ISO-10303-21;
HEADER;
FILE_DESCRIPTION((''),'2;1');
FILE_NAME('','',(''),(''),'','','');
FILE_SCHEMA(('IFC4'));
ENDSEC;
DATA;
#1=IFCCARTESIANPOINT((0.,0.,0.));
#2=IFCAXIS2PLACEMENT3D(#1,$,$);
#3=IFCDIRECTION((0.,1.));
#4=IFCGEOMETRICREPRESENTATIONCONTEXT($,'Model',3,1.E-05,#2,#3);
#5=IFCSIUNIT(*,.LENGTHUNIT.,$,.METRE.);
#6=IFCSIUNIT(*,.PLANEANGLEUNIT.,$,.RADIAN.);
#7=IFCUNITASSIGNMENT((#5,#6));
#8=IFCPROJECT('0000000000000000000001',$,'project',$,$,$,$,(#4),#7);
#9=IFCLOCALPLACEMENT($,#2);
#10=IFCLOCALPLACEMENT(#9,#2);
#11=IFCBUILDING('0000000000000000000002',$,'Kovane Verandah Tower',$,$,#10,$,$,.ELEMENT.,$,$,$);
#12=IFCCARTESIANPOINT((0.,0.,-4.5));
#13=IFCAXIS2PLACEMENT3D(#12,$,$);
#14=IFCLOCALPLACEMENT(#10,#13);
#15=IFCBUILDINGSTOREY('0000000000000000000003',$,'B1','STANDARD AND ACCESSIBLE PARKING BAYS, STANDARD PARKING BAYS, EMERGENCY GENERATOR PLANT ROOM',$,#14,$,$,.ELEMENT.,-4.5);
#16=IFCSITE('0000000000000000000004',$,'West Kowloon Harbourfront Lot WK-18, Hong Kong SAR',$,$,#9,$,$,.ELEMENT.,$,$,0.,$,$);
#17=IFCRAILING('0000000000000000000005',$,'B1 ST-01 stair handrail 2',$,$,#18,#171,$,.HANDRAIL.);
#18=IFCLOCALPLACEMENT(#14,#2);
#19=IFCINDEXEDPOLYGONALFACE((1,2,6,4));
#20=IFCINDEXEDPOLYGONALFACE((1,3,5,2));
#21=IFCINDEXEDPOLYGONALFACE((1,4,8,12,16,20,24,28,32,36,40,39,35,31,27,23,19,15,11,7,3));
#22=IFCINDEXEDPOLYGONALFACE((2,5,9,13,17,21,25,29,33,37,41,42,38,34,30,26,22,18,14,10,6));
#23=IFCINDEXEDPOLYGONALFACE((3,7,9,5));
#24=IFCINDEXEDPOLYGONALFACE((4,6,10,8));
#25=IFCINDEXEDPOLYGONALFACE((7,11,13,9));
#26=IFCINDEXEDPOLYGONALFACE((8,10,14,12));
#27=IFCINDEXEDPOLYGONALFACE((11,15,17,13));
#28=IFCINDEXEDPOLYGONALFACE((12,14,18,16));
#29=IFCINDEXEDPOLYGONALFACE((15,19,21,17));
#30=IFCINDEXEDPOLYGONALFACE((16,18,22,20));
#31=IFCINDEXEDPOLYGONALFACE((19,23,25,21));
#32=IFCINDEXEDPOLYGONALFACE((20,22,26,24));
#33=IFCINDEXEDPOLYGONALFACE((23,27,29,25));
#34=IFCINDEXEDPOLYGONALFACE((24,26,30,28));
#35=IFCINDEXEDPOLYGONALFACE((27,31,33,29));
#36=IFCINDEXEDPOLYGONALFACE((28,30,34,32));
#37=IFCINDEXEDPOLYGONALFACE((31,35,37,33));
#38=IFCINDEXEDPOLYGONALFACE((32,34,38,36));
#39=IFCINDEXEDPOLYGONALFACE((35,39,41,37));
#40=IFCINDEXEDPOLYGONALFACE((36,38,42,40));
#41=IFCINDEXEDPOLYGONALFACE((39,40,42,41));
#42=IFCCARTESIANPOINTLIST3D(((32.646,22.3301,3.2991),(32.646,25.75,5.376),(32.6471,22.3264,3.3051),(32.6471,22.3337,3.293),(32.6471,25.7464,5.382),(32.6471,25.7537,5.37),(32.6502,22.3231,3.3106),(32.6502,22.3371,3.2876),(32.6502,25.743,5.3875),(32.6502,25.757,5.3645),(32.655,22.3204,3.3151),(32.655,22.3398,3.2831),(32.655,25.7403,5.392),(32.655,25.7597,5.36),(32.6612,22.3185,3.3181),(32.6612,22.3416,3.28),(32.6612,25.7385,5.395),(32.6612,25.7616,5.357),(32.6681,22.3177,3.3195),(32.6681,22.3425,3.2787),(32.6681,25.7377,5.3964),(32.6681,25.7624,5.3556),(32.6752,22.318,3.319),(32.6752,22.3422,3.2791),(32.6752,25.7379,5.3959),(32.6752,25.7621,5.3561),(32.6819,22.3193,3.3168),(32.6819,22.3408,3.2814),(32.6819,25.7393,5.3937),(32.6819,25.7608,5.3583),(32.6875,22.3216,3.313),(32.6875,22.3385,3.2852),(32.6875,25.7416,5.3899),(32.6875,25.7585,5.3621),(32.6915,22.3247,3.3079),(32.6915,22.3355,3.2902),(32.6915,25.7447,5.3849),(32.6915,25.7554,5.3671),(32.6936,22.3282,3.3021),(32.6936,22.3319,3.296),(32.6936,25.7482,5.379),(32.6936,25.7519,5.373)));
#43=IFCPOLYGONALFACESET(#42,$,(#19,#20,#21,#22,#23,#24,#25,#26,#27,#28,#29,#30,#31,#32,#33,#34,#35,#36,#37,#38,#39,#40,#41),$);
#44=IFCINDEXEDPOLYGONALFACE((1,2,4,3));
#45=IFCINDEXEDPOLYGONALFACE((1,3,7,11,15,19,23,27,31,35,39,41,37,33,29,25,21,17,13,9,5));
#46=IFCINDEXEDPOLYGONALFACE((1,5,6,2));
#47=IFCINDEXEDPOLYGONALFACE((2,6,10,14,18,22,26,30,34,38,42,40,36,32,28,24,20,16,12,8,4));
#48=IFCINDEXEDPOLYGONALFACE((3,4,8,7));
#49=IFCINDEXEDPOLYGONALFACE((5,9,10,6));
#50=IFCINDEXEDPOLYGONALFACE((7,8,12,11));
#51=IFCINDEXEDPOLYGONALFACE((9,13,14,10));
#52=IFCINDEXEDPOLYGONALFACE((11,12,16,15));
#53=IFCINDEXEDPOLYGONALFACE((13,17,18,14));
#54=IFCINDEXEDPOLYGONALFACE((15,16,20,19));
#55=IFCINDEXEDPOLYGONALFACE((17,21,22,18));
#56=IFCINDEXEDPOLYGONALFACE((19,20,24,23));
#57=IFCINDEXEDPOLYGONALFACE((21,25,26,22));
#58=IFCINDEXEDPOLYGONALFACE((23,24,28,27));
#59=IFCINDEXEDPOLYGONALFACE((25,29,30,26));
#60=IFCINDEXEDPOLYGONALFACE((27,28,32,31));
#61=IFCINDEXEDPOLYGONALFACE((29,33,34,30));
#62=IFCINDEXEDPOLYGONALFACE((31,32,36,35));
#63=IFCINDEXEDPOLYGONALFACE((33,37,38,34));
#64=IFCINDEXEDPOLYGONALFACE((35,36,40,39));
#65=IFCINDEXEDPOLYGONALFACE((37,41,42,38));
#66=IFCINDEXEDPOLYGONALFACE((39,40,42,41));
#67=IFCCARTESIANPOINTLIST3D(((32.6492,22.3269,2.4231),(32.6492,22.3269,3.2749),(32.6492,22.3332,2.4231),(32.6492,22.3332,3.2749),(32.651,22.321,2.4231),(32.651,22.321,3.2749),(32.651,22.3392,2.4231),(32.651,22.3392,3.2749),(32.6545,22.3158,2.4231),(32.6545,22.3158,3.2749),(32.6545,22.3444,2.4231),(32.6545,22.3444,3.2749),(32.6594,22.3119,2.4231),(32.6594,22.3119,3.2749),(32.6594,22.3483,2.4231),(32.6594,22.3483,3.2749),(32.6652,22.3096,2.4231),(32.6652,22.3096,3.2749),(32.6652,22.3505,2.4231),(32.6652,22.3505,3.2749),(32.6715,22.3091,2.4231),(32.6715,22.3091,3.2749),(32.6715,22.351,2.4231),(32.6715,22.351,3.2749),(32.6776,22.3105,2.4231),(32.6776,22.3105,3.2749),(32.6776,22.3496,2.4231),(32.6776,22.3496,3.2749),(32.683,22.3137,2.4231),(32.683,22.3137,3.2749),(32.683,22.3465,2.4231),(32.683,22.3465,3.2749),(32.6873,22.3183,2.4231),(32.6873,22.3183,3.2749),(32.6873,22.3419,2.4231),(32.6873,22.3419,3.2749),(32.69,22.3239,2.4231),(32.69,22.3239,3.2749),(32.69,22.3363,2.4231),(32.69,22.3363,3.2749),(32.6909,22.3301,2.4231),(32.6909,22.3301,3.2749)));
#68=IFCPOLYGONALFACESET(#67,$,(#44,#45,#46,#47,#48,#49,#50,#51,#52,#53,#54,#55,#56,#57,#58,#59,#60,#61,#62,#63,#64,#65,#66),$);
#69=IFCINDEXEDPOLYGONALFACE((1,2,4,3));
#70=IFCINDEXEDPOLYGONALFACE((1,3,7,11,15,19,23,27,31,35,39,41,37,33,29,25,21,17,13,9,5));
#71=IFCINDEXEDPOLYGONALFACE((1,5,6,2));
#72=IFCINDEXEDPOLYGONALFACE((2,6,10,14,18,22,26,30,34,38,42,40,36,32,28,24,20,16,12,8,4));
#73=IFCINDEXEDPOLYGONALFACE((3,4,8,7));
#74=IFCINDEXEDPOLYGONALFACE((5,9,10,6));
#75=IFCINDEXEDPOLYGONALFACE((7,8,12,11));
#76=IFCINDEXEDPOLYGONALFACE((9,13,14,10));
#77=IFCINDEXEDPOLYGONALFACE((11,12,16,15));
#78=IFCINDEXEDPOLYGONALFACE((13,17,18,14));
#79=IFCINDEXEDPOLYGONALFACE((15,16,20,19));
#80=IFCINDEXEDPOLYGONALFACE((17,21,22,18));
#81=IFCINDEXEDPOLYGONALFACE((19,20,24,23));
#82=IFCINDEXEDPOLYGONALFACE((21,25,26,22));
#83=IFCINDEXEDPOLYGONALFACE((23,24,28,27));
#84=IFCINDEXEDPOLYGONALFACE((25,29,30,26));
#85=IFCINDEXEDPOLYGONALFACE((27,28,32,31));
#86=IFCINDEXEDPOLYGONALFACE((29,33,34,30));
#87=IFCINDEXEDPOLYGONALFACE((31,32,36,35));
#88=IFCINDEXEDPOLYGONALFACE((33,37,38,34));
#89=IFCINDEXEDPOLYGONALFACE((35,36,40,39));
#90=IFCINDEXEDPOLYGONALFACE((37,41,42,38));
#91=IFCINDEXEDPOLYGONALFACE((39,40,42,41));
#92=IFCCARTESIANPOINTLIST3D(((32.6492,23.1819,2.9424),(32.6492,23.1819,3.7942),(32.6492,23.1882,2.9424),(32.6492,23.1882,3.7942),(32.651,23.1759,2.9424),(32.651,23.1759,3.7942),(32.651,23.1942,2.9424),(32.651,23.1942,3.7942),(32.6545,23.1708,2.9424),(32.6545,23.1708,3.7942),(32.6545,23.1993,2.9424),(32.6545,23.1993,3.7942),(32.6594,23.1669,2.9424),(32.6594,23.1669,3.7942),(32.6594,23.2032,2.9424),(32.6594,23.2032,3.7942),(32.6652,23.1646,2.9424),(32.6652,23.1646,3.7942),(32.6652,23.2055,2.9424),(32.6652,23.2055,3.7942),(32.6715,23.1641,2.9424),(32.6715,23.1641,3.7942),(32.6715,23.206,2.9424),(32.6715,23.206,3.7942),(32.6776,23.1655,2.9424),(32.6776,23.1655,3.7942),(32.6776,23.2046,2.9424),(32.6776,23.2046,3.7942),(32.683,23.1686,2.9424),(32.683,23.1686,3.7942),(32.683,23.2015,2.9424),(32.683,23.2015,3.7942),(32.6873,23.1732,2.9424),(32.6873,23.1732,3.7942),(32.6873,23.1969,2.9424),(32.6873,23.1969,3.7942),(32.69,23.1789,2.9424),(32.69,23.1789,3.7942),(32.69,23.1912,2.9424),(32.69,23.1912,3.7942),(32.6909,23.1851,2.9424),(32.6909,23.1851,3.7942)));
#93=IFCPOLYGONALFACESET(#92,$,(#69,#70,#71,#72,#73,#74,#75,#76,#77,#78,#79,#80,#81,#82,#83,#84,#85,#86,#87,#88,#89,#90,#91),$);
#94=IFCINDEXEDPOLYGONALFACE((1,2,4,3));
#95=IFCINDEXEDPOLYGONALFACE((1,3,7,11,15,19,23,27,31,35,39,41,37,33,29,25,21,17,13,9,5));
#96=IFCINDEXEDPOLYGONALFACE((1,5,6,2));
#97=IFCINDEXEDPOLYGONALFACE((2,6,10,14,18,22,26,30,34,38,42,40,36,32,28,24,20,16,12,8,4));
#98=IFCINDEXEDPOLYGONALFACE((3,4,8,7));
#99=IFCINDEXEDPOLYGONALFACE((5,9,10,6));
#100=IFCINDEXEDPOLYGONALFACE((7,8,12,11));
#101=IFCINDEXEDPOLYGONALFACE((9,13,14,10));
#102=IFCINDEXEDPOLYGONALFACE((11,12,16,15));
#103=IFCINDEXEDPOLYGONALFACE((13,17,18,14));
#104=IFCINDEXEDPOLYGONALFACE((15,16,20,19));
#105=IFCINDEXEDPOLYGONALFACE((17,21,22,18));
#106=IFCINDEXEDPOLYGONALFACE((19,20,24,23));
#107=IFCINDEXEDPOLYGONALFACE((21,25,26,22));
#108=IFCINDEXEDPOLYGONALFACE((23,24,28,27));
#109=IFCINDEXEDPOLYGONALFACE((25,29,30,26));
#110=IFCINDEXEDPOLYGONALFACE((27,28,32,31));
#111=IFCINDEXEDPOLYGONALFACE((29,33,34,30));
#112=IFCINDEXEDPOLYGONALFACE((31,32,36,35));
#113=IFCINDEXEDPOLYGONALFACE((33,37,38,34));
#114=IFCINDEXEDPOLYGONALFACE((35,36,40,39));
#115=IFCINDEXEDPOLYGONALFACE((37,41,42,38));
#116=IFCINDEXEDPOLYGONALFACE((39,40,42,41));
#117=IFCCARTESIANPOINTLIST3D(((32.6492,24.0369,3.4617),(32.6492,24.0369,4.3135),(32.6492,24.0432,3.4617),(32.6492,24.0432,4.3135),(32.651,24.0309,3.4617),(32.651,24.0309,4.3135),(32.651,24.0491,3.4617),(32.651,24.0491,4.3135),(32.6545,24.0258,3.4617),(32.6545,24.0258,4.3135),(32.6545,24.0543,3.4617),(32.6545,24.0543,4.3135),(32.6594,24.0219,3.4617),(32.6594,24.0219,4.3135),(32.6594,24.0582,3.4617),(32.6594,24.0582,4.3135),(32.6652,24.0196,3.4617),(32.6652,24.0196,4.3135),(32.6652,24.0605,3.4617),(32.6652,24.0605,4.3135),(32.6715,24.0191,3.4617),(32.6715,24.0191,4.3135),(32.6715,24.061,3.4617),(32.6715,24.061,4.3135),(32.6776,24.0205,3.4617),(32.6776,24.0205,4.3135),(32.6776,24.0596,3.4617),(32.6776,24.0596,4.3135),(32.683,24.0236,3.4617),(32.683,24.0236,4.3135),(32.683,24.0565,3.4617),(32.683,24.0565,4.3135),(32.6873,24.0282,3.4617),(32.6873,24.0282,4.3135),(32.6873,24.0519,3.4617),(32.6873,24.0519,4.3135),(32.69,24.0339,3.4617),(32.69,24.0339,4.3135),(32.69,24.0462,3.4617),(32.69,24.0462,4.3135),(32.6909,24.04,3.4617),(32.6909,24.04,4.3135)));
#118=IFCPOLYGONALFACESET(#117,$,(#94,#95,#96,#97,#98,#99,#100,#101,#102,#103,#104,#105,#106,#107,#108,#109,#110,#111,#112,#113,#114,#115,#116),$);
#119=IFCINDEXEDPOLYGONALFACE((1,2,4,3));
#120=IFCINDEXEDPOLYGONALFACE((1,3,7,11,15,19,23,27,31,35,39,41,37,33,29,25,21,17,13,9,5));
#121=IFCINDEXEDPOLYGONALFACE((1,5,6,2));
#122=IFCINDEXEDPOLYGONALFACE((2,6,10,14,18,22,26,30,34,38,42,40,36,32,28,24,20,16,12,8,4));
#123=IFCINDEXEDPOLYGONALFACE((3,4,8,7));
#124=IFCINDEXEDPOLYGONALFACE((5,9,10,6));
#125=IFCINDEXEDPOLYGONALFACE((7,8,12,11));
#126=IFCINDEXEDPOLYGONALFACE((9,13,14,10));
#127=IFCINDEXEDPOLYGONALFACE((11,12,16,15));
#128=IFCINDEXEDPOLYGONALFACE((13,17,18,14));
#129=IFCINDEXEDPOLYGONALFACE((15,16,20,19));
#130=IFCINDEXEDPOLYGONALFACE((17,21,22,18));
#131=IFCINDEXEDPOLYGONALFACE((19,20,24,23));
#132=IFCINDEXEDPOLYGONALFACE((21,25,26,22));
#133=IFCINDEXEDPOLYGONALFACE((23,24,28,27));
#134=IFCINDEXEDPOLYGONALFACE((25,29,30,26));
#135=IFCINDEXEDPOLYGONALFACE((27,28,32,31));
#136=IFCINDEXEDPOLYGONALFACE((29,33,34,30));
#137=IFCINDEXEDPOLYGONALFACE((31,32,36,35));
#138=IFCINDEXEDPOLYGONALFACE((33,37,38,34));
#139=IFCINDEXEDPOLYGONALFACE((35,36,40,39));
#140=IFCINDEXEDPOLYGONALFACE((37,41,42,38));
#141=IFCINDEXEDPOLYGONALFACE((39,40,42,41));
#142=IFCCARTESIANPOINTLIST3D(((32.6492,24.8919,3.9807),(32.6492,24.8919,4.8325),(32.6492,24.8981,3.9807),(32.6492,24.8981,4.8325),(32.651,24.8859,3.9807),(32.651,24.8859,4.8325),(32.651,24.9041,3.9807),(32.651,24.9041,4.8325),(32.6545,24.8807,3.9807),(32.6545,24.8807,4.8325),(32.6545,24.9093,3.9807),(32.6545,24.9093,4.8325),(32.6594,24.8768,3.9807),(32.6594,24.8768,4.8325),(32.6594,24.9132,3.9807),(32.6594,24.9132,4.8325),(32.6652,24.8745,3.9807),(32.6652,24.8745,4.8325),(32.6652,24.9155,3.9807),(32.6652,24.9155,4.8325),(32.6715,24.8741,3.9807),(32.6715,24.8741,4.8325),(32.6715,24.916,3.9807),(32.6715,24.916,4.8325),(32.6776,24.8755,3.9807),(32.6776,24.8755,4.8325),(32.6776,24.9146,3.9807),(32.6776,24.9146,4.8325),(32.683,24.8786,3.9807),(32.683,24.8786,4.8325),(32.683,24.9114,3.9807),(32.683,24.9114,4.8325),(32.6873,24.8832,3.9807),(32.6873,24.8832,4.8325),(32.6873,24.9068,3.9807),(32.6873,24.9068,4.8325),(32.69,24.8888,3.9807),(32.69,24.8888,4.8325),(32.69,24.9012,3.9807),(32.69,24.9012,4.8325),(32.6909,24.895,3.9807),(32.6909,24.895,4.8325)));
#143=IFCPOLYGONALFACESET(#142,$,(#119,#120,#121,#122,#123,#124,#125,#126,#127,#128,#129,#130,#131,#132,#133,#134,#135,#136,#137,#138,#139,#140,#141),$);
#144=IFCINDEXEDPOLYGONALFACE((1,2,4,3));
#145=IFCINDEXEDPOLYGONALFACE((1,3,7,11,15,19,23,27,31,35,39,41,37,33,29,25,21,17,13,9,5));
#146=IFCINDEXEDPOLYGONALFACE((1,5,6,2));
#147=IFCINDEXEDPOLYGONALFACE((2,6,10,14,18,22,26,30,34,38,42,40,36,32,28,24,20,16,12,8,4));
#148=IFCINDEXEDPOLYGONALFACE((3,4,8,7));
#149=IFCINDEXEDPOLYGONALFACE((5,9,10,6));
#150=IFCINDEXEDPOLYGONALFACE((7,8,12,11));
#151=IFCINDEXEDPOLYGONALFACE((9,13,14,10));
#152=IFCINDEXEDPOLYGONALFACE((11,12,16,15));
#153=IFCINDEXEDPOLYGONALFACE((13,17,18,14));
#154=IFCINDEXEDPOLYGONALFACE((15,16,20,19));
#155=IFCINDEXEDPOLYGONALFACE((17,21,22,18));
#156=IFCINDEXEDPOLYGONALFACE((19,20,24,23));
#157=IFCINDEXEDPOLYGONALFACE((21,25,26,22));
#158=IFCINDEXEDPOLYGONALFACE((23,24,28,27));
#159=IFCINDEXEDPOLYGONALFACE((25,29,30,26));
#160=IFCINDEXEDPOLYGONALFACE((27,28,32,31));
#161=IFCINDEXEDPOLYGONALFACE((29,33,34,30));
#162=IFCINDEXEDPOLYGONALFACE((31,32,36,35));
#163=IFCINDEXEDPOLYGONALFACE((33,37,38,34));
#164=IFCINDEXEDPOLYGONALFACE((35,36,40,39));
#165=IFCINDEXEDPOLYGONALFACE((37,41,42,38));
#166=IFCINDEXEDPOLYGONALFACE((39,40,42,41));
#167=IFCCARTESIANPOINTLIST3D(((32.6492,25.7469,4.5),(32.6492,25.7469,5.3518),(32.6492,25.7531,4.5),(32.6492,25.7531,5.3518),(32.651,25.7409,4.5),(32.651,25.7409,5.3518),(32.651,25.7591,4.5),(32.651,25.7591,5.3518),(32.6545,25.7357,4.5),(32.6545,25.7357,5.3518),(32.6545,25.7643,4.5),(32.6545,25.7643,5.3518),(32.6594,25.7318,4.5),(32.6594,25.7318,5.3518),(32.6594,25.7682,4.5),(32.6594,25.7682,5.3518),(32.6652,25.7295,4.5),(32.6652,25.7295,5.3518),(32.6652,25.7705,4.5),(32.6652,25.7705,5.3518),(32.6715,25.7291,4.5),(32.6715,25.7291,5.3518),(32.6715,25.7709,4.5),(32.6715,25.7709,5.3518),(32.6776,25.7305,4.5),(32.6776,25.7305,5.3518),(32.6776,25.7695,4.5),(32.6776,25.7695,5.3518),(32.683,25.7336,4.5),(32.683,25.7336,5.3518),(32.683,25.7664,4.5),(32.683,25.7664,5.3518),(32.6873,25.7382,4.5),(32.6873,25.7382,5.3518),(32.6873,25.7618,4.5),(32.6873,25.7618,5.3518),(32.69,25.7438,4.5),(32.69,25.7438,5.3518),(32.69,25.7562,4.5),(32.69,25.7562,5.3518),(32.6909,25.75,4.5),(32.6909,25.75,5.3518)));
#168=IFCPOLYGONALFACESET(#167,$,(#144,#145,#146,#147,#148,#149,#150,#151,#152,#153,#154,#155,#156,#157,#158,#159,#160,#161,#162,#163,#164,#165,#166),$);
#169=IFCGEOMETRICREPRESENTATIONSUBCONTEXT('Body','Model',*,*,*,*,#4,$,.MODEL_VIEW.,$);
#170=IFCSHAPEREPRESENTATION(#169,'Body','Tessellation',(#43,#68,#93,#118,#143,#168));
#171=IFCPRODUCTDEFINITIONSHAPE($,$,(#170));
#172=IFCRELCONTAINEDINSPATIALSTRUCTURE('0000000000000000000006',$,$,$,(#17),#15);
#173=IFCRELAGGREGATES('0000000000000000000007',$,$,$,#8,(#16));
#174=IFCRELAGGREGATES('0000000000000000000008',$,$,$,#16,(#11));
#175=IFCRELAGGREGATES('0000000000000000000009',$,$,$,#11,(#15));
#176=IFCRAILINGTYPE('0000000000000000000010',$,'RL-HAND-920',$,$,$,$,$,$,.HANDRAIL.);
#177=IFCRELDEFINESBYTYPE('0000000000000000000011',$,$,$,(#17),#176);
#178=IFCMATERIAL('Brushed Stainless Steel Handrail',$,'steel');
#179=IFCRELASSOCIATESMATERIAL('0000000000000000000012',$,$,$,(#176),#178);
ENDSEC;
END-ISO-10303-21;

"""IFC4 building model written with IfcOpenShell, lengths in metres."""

from ifc_helpers import new_model, si_unit, direction, frame, origin, origin_2d, place, context, subcontext, project, spatial, circle, extrude, material, type_object, element, save


model = new_model("IFC4")

# Units and contexts
model_context = context("Model", 3, precision=1e-05, world=origin(), true_north=direction((0.0, 1.0)))
body_context = subcontext(model_context, "Body", "Model", "MODEL_VIEW")
ifc_project = project(units=[si_unit("LENGTHUNIT", "METRE"), si_unit("PLANEANGLEUNIT", "RADIAN")], contexts=[model_context])

# Site, building, storey
site_placement = place(None, origin())
site = spatial("IfcSite", under=ifc_project, at=site_placement, Name="West Kowloon Harbourfront Lot WK-18, Hong Kong SAR", CompositionType="ELEMENT", RefElevation=0.0)
building_placement = place(site_placement, origin())
building = spatial("IfcBuilding", under=site, at=building_placement, Name="Kovane Verandah Tower", CompositionType="ELEMENT")
storey_placement = place(building_placement, frame((0.0, 0.0, -4.5)))
storey = spatial("IfcBuildingStorey", under=building, at=storey_placement, Name="B1", Description="STANDARD AND ACCESSIBLE PARKING BAYS, STANDARD PARKING BAYS, EMERGENCY GENERATOR PLANT ROOM", CompositionType="ELEMENT", Elevation=-4.5)

# Railing
ifc_material_1 = material(Name="Brushed Stainless Steel Handrail", Category="steel")
railing_type_1 = type_object("IfcRailingType", Name="RL-HAND-920", PredefinedType="HANDRAIL", material=ifc_material_1)
railing_1_placement = place(storey_placement, frame((32.6699, 22.3301, 2.4231)))
element("IfcRailing", 1, at=railing_1_placement, inside=storey, type_object=railing_type_1, Name="B1 ST-01 stair handrail 2", PredefinedType="HANDRAIL", context=body_context, shape_type="SweptSolid", body=[
    extrude(circle(Radius=0.0239, at=origin_2d()), frame((0.0, 0.0, 0.876), z_axis=(0.0, 0.85473, 0.519074), x_axis=(-1.0, 0.0, 0.0)), (0.0, 0.0, 1.0), 4.0012),
    extrude(circle(Radius=0.021, at=origin_2d()), origin(), (0.0, 0.0, 1.0), 0.8518),
    extrude(circle(Radius=0.021, at=origin_2d()), frame((0.0, 0.855, 0.5193)), (0.0, 0.0, 1.0), 0.8518),
    extrude(circle(Radius=0.021, at=origin_2d()), frame((0.0, 1.71, 1.0386)), (0.0, 0.0, 1.0), 0.8518),
    extrude(circle(Radius=0.021, at=origin_2d()), frame((0.0, 2.5649, 1.5576)), (0.0, 0.0, 1.0), 0.8518),
    extrude(circle(Radius=0.021, at=origin_2d()), frame((0.0, 3.4199, 2.0769)), (0.0, 0.0, 1.0), 0.8518),
])

save(model, "model.ifc")
